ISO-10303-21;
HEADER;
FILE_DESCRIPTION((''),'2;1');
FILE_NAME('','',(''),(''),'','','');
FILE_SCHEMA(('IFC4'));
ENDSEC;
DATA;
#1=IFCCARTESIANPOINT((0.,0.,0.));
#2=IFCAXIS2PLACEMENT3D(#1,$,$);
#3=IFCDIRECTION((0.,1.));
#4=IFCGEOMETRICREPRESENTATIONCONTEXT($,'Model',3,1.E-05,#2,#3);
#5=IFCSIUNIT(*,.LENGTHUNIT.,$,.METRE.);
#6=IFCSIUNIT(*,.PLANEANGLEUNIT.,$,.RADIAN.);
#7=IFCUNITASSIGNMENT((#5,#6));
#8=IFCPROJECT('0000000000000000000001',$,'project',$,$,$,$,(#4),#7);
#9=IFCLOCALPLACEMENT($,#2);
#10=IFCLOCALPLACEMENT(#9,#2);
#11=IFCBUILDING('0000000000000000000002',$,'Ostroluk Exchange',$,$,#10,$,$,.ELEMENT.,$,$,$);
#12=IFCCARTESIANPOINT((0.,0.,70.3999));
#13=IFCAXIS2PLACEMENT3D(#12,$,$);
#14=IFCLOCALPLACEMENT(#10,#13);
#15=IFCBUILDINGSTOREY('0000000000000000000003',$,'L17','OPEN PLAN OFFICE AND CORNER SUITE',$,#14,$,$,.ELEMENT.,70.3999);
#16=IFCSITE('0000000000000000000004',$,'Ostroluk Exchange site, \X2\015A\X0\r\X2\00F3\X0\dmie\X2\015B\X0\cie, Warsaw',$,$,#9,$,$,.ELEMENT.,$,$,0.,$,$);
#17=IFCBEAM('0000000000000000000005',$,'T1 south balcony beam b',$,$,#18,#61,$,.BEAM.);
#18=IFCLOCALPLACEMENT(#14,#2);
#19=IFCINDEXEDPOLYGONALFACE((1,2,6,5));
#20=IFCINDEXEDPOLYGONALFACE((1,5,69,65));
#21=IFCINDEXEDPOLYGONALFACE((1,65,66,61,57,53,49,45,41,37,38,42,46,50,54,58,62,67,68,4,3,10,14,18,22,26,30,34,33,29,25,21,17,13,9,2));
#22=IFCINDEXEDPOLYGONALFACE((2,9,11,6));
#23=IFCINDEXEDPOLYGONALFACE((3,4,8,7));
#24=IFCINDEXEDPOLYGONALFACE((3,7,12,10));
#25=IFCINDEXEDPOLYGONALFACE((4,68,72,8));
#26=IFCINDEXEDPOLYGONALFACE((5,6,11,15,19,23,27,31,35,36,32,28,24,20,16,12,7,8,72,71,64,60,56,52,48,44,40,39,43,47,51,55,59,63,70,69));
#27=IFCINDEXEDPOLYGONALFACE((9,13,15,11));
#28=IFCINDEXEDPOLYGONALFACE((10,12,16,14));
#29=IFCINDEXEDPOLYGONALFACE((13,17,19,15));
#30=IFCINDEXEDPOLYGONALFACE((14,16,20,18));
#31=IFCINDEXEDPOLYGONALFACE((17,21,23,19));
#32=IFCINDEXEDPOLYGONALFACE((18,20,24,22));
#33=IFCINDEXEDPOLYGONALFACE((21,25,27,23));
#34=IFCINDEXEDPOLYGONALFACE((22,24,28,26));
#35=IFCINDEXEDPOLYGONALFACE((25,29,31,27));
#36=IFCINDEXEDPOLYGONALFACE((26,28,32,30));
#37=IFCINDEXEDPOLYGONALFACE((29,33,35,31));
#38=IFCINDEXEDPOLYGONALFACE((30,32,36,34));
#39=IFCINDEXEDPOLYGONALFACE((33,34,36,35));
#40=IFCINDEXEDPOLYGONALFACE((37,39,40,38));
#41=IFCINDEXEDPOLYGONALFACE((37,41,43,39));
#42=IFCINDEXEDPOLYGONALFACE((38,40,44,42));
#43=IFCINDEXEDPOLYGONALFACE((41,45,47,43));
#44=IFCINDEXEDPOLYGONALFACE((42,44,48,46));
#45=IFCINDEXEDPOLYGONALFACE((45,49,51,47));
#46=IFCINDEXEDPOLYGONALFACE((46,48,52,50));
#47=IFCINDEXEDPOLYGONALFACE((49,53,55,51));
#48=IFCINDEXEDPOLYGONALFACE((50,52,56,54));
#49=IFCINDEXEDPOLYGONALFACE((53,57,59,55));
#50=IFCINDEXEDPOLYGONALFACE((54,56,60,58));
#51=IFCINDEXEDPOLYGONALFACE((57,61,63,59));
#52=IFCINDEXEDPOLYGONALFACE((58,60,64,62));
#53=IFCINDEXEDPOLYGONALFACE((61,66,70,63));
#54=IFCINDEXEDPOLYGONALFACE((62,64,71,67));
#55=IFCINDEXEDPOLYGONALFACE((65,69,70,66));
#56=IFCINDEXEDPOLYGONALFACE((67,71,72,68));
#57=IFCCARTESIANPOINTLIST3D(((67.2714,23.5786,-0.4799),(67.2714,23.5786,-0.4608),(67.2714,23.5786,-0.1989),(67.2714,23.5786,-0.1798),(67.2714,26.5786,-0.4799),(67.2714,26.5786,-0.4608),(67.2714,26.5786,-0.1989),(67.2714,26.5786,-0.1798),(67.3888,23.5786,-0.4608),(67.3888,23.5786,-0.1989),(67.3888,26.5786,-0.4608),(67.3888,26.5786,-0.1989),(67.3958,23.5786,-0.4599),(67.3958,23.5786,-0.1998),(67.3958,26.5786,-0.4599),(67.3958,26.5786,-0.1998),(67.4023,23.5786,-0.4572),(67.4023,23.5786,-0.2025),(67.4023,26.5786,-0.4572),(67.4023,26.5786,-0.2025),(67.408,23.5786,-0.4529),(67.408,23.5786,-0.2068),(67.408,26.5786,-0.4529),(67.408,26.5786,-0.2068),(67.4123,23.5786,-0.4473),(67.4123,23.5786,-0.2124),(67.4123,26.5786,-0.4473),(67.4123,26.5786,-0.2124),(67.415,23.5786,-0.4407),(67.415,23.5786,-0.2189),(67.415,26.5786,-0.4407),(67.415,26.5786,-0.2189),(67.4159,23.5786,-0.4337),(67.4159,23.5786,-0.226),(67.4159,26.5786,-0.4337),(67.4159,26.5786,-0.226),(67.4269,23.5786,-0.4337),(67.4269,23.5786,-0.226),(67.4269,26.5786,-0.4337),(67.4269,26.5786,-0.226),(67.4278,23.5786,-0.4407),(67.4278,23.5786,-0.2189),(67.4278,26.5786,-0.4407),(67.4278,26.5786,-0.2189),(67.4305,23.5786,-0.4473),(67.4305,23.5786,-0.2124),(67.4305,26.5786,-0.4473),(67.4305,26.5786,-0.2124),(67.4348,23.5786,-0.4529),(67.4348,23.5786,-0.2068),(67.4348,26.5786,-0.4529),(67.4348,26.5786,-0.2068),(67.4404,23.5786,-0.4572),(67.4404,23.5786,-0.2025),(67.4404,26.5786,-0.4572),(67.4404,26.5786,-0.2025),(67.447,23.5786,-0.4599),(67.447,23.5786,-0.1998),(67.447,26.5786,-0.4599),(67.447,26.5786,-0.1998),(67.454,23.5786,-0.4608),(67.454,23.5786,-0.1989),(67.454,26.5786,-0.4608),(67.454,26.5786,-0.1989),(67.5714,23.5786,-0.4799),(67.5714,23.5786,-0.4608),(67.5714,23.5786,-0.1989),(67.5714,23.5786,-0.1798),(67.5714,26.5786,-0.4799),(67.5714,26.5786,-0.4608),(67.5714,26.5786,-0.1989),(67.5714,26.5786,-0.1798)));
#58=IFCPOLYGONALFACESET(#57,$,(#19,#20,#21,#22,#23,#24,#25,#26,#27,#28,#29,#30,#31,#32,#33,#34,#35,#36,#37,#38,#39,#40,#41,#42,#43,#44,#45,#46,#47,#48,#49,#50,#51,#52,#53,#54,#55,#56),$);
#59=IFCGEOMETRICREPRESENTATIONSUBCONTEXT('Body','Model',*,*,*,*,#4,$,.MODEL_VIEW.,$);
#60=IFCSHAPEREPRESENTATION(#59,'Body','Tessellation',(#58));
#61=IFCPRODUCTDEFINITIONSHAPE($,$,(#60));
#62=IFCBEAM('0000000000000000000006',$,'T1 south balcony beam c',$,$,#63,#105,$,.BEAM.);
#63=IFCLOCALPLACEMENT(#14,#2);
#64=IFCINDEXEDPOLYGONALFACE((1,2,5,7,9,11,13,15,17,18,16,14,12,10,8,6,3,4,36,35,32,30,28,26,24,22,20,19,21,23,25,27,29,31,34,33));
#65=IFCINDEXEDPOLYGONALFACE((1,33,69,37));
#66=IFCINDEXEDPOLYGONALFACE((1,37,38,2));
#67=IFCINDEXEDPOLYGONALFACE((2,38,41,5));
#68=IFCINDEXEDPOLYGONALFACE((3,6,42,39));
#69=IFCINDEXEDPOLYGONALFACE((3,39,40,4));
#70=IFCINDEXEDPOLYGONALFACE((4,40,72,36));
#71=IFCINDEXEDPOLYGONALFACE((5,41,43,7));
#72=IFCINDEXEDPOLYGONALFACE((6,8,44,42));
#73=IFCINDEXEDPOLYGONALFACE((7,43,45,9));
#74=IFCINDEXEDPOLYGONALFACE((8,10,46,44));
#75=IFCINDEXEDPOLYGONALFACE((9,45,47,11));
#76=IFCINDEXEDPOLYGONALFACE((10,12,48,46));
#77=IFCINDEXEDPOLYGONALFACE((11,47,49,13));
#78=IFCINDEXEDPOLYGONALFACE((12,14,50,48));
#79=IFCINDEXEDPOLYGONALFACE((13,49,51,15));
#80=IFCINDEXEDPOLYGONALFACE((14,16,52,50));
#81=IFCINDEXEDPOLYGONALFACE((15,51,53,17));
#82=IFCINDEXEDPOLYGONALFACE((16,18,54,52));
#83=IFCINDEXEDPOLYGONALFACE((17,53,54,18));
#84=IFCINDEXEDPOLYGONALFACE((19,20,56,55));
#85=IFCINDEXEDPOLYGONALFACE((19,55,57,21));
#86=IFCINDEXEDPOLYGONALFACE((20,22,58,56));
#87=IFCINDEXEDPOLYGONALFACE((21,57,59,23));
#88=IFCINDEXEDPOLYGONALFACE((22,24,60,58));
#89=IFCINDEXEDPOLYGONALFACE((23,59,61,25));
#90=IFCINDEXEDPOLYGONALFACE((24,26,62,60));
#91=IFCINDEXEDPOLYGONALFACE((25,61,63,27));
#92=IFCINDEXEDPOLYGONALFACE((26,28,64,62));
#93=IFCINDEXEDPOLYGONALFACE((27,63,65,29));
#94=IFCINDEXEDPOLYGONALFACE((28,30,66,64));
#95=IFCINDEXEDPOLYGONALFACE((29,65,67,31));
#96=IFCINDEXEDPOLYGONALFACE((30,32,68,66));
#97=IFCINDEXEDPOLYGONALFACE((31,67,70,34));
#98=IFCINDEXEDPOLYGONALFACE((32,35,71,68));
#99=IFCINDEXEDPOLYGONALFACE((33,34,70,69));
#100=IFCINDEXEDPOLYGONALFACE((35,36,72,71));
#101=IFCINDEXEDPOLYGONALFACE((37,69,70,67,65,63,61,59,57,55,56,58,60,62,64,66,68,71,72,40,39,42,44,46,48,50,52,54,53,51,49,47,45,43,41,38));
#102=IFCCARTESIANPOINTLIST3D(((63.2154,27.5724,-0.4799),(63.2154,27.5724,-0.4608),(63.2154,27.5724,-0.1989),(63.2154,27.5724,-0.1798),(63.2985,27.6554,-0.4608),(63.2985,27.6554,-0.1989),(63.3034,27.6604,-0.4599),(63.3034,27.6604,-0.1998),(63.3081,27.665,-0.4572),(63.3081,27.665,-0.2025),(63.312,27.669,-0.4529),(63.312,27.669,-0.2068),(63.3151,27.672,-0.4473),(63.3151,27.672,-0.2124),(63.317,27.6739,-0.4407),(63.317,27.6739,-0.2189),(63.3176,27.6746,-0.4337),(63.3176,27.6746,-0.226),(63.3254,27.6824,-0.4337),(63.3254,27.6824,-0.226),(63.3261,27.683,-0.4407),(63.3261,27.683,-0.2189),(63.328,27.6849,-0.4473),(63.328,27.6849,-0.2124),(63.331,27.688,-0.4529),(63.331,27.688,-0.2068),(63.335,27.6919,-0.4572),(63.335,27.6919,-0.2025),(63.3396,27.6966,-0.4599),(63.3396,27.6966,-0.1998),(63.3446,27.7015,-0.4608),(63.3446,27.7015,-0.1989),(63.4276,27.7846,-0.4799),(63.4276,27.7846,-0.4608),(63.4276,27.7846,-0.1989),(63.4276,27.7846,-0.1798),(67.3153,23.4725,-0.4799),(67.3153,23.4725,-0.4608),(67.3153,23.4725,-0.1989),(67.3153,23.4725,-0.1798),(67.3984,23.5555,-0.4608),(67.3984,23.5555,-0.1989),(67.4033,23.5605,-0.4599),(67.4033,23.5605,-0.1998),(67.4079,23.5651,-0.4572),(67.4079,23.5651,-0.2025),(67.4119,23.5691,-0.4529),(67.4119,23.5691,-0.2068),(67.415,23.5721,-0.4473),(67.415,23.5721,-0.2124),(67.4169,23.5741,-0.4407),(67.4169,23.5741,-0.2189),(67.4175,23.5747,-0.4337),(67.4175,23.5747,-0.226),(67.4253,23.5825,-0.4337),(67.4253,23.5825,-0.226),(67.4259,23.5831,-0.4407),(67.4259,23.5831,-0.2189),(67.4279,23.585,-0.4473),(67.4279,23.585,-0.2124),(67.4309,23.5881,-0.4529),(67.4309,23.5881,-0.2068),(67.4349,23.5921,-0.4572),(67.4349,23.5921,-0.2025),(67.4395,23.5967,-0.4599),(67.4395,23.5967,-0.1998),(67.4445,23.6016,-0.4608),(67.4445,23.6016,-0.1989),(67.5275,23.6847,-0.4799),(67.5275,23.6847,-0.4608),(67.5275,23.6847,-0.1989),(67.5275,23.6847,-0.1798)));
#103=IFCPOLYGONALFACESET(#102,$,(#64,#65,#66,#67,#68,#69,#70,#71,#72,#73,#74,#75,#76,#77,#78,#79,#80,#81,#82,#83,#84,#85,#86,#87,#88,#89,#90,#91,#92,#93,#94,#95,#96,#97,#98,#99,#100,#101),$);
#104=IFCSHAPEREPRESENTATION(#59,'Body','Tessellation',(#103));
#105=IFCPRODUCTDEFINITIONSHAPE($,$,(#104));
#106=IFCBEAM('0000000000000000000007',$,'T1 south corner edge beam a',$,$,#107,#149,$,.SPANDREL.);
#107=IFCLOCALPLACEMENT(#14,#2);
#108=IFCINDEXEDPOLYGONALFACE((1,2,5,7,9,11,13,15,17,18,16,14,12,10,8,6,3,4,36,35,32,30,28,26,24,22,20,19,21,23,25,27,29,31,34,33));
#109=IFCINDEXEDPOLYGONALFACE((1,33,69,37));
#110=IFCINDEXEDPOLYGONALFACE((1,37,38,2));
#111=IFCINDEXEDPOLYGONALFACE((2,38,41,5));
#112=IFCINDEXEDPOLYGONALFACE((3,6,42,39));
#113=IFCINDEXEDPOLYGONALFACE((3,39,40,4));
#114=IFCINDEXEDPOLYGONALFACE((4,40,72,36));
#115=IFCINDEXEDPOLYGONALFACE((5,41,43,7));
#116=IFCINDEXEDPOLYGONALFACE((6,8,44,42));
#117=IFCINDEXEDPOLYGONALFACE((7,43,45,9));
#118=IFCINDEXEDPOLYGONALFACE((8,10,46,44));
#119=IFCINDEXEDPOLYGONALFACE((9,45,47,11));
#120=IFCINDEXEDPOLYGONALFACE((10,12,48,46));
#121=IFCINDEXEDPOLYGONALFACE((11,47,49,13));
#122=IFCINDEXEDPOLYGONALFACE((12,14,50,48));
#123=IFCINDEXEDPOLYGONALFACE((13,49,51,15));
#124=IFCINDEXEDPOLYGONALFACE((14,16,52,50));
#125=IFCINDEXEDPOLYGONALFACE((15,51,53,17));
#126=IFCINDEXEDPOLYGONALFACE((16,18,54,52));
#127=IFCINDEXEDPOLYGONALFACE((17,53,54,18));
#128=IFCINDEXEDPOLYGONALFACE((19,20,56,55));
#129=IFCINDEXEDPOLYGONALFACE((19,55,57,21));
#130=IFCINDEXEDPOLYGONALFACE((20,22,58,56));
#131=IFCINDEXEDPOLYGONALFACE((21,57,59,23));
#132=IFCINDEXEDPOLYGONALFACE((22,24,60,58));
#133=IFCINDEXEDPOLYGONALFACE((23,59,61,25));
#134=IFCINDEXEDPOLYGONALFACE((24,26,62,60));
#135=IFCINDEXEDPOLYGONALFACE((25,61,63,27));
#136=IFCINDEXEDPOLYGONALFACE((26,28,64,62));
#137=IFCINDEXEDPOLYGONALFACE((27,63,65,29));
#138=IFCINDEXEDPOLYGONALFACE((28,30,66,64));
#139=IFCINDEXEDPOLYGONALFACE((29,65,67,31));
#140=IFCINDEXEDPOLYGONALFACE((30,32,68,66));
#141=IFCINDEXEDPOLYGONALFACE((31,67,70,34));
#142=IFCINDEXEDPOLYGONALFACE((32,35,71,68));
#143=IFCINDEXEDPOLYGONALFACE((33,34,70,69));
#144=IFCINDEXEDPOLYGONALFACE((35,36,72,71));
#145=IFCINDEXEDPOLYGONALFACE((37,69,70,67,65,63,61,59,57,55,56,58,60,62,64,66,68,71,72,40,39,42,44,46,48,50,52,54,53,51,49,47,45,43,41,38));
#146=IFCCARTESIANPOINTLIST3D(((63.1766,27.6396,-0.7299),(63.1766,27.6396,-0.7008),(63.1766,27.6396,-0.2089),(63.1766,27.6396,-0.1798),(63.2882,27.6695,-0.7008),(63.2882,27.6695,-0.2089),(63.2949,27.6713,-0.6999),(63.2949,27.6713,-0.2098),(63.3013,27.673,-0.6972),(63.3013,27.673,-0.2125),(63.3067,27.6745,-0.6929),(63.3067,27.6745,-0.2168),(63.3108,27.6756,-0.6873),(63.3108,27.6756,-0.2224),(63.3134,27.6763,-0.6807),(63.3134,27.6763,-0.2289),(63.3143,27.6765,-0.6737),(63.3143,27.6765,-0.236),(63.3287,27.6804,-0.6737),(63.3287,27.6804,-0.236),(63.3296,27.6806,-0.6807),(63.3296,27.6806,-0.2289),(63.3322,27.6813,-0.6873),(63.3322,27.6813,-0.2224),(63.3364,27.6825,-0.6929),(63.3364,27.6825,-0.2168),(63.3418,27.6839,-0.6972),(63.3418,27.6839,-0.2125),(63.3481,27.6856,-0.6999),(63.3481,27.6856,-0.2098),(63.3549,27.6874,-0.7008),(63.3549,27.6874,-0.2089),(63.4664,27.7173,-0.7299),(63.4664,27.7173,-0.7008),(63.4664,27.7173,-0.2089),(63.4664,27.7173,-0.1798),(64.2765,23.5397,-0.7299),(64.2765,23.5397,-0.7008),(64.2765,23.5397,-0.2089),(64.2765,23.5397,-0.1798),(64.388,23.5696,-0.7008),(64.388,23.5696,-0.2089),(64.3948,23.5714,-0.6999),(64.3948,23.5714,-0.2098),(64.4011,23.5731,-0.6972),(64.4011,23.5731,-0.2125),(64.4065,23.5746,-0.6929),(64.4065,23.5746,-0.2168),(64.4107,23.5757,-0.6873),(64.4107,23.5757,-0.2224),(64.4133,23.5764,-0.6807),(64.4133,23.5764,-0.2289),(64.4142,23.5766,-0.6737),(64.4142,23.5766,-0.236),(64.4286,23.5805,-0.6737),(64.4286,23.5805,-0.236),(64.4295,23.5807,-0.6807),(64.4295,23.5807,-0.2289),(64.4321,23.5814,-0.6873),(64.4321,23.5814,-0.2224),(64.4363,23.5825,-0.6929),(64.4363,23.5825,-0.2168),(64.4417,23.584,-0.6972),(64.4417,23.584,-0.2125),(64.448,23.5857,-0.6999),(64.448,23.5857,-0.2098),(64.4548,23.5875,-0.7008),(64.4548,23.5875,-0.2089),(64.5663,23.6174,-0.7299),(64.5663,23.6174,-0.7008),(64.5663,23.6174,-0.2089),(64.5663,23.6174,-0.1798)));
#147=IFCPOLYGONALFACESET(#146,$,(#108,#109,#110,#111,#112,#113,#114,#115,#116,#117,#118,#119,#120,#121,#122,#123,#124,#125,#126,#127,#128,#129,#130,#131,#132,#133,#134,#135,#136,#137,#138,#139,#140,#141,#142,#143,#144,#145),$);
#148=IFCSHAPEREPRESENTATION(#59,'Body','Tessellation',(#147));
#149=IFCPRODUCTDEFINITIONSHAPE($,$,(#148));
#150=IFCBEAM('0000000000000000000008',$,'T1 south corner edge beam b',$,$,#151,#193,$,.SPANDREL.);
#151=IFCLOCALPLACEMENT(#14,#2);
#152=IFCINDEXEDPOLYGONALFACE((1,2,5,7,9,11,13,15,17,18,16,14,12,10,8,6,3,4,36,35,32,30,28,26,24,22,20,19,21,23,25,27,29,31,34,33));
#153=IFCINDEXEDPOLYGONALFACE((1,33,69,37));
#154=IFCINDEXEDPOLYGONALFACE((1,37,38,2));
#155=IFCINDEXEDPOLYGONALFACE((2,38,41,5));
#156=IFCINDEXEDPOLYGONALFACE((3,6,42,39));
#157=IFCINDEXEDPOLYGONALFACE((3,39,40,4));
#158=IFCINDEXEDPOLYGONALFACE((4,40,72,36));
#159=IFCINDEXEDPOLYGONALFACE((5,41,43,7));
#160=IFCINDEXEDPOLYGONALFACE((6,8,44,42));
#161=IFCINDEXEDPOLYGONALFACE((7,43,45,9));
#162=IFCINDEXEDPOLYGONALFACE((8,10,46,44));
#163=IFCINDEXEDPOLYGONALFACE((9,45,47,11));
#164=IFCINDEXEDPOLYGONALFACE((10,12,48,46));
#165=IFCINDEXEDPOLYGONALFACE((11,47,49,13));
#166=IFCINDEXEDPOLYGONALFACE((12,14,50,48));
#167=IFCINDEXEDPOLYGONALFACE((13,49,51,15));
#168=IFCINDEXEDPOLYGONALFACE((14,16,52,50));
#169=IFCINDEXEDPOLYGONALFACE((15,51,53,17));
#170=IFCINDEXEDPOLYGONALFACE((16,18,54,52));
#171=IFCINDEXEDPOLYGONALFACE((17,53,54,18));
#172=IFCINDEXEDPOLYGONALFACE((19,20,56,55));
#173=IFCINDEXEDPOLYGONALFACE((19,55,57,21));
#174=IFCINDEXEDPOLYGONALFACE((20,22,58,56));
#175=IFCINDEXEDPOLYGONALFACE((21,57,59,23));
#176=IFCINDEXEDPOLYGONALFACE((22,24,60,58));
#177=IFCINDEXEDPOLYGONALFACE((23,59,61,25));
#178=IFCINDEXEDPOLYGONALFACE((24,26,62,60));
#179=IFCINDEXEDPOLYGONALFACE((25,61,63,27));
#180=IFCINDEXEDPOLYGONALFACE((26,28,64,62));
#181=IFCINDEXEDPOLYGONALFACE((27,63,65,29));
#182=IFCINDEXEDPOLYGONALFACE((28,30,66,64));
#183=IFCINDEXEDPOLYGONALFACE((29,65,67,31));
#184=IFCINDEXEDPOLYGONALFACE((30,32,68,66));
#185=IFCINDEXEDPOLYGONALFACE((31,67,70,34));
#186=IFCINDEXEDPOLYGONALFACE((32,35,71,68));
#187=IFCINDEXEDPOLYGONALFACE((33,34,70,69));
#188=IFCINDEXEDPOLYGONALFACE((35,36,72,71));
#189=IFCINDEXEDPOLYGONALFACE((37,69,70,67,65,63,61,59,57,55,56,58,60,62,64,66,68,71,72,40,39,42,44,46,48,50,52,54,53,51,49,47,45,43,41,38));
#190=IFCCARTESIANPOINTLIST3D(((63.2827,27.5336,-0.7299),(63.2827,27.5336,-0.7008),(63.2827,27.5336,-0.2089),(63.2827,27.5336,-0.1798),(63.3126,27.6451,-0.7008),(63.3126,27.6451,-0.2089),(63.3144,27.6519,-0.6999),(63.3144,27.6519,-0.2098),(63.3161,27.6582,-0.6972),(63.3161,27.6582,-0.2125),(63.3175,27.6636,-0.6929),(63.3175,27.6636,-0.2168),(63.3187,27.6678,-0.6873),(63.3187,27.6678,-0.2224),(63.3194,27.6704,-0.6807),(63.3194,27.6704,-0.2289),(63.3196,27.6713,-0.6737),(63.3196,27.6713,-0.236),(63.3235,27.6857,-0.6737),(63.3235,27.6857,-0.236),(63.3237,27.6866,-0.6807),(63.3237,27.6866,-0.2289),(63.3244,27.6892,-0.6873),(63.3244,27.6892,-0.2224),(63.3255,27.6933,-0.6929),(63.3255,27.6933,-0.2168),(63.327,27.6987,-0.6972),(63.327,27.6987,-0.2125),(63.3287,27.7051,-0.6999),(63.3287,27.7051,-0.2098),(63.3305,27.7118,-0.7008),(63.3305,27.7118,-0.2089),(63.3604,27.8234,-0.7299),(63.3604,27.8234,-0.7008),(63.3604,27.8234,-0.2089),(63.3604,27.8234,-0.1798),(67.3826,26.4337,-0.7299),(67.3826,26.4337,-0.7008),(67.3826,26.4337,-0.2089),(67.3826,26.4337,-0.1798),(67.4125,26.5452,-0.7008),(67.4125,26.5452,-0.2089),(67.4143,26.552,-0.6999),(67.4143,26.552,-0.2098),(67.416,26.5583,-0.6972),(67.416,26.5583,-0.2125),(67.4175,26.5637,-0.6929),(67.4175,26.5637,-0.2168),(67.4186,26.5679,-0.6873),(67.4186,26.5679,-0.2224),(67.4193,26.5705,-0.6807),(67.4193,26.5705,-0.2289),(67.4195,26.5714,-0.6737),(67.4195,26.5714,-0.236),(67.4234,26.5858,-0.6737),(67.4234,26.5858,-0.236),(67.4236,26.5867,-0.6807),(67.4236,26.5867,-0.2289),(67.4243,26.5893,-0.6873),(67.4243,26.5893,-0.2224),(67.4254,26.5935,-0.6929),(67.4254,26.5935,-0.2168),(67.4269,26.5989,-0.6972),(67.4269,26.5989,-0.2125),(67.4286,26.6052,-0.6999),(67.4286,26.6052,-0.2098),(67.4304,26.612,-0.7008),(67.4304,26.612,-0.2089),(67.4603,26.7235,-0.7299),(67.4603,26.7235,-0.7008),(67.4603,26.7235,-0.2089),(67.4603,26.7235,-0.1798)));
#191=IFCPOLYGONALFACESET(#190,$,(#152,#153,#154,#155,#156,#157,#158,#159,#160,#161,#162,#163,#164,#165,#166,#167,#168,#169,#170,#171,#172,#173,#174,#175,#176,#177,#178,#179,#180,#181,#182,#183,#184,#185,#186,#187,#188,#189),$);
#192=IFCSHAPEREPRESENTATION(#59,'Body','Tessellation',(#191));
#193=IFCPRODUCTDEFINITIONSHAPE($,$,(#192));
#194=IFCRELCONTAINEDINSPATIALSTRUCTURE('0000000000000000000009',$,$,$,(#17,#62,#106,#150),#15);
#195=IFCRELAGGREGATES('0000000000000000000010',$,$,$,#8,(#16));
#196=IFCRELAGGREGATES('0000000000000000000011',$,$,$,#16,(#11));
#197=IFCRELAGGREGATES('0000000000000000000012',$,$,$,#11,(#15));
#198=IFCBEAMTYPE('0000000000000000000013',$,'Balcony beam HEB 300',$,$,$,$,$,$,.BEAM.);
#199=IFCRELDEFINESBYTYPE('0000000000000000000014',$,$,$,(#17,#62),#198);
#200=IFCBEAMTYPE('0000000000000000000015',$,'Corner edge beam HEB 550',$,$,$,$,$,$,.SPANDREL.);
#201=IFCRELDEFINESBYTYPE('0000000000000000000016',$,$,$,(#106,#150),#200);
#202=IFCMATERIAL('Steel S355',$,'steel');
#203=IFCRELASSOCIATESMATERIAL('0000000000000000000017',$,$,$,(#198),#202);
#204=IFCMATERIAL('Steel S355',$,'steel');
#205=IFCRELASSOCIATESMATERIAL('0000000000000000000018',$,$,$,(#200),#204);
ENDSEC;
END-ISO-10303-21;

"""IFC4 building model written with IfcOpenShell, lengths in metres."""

from ifc_helpers import new_model, si_unit, direction, frame, origin, origin_2d, place, context, subcontext, project, spatial, i_section, extrude, material, material_profile, profile_set, type_object, element, save


model = new_model("IFC4")

# Units and contexts
model_context = context("Model", 3, precision=1e-05, world=origin(), true_north=direction((0.0, 1.0)))
body_context = subcontext(model_context, "Body", "Model", "MODEL_VIEW")
ifc_project = project(units=[si_unit("LENGTHUNIT", "METRE"), si_unit("PLANEANGLEUNIT", "RADIAN")], contexts=[model_context])

# Site, building, storey
site_placement = place(None, origin())
site = spatial("IfcSite", under=ifc_project, at=site_placement, Name="Ostroluk Exchange site, Śródmieście, Warsaw", CompositionType="ELEMENT", RefElevation=0.0)
building_placement = place(site_placement, origin())
building = spatial("IfcBuilding", under=site, at=building_placement, Name="Ostroluk Exchange", CompositionType="ELEMENT")
storey_placement = place(building_placement, frame((0.0, 0.0, 70.3999)))
storey = spatial("IfcBuildingStorey", under=building, at=storey_placement, Name="L17", Description="OPEN PLAN OFFICE AND CORNER SUITE", CompositionType="ELEMENT", Elevation=70.3999)

# Beams
ifc_material_1 = material(Name="Steel S355", Category="steel")
ifc_material_profile_1 = material_profile(ifc_material_1, i_section(OverallWidth=0.3, OverallDepth=0.3, WebThickness=0.011, FlangeThickness=0.019, FilletRadius=0.0271, at=origin_2d()), Name="HEB 300")
ifc_profile_set_1 = profile_set([ifc_material_profile_1], Name="Steel S355")
beam_type_1 = type_object("IfcBeamType", Name="Balcony beam HEB 300", PredefinedType="BEAM", material=ifc_profile_set_1)
beam_1_placement = place(storey_placement, frame((67.4214, 26.5786, -0.3298), z_axis=(0.0, -1.0, 0.0), x_axis=(1.0, 0.0, 0.0)))
element("IfcBeam", 1, at=beam_1_placement, inside=storey, type_object=beam_type_1, Name="T1 south balcony beam b", PredefinedType="BEAM", context=body_context, shape_type="SweptSolid", body=[
    extrude(i_section(OverallWidth=0.3, OverallDepth=0.3, WebThickness=0.011, FlangeThickness=0.019, FilletRadius=0.0271, at=origin_2d()), origin(), (0.0, 0.0, 1.0), 3.0),
])
beam_2_placement = place(storey_placement, frame((63.3215, 27.6785, -0.3298), z_axis=(0.707107, -0.707107, 0.0), x_axis=(0.707107, 0.707107, 0.0)))
element("IfcBeam", 2, at=beam_2_placement, inside=storey, type_object=beam_type_1, Name="T1 south balcony beam c", PredefinedType="BEAM", context=body_context, shape_type="SweptSolid", body=[
    extrude(i_section(OverallWidth=0.3, OverallDepth=0.3, WebThickness=0.011, FlangeThickness=0.019, FilletRadius=0.0271, at=origin_2d()), origin(), (0.0, 0.0, 1.0), 5.7981),
])
ifc_material_2 = material(Name="Steel S355", Category="steel")
ifc_material_profile_2 = material_profile(ifc_material_2, i_section(OverallWidth=0.3, OverallDepth=0.55, WebThickness=0.0149, FlangeThickness=0.0291, FilletRadius=0.0271, at=origin_2d()), Name="HEB 550")
ifc_profile_set_2 = profile_set([ifc_material_profile_2], Name="Steel S355")
beam_type_2 = type_object("IfcBeamType", Name="Corner edge beam HEB 550", PredefinedType="SPANDREL", material=ifc_profile_set_2)
for number, where, z_axis, x_axis, name in (
    (3, (63.3215, 27.6785, -0.4548), (0.259105, -0.965849, 0.0), (0.965849, 0.259105, 0.0), "T1 south corner edge beam a"),
    (4, (63.3215, 27.6785, -0.4548), (0.965849, -0.259105, 0.0), (0.259105, 0.965849, 0.0), "T1 south corner edge beam b"),
):
    element("IfcBeam", number, at=place(storey_placement, frame(where, z_axis=z_axis, x_axis=x_axis)), inside=storey, type_object=beam_type_2, Name=name, PredefinedType="SPANDREL", context=body_context, shape_type="SweptSolid", body=[
        extrude(i_section(OverallWidth=0.3, OverallDepth=0.55, WebThickness=0.0149, FlangeThickness=0.0291, FilletRadius=0.0271, at=origin_2d()), origin(), (0.0, 0.0, 1.0), 4.2449),
    ])

save(model, "model.ifc")
